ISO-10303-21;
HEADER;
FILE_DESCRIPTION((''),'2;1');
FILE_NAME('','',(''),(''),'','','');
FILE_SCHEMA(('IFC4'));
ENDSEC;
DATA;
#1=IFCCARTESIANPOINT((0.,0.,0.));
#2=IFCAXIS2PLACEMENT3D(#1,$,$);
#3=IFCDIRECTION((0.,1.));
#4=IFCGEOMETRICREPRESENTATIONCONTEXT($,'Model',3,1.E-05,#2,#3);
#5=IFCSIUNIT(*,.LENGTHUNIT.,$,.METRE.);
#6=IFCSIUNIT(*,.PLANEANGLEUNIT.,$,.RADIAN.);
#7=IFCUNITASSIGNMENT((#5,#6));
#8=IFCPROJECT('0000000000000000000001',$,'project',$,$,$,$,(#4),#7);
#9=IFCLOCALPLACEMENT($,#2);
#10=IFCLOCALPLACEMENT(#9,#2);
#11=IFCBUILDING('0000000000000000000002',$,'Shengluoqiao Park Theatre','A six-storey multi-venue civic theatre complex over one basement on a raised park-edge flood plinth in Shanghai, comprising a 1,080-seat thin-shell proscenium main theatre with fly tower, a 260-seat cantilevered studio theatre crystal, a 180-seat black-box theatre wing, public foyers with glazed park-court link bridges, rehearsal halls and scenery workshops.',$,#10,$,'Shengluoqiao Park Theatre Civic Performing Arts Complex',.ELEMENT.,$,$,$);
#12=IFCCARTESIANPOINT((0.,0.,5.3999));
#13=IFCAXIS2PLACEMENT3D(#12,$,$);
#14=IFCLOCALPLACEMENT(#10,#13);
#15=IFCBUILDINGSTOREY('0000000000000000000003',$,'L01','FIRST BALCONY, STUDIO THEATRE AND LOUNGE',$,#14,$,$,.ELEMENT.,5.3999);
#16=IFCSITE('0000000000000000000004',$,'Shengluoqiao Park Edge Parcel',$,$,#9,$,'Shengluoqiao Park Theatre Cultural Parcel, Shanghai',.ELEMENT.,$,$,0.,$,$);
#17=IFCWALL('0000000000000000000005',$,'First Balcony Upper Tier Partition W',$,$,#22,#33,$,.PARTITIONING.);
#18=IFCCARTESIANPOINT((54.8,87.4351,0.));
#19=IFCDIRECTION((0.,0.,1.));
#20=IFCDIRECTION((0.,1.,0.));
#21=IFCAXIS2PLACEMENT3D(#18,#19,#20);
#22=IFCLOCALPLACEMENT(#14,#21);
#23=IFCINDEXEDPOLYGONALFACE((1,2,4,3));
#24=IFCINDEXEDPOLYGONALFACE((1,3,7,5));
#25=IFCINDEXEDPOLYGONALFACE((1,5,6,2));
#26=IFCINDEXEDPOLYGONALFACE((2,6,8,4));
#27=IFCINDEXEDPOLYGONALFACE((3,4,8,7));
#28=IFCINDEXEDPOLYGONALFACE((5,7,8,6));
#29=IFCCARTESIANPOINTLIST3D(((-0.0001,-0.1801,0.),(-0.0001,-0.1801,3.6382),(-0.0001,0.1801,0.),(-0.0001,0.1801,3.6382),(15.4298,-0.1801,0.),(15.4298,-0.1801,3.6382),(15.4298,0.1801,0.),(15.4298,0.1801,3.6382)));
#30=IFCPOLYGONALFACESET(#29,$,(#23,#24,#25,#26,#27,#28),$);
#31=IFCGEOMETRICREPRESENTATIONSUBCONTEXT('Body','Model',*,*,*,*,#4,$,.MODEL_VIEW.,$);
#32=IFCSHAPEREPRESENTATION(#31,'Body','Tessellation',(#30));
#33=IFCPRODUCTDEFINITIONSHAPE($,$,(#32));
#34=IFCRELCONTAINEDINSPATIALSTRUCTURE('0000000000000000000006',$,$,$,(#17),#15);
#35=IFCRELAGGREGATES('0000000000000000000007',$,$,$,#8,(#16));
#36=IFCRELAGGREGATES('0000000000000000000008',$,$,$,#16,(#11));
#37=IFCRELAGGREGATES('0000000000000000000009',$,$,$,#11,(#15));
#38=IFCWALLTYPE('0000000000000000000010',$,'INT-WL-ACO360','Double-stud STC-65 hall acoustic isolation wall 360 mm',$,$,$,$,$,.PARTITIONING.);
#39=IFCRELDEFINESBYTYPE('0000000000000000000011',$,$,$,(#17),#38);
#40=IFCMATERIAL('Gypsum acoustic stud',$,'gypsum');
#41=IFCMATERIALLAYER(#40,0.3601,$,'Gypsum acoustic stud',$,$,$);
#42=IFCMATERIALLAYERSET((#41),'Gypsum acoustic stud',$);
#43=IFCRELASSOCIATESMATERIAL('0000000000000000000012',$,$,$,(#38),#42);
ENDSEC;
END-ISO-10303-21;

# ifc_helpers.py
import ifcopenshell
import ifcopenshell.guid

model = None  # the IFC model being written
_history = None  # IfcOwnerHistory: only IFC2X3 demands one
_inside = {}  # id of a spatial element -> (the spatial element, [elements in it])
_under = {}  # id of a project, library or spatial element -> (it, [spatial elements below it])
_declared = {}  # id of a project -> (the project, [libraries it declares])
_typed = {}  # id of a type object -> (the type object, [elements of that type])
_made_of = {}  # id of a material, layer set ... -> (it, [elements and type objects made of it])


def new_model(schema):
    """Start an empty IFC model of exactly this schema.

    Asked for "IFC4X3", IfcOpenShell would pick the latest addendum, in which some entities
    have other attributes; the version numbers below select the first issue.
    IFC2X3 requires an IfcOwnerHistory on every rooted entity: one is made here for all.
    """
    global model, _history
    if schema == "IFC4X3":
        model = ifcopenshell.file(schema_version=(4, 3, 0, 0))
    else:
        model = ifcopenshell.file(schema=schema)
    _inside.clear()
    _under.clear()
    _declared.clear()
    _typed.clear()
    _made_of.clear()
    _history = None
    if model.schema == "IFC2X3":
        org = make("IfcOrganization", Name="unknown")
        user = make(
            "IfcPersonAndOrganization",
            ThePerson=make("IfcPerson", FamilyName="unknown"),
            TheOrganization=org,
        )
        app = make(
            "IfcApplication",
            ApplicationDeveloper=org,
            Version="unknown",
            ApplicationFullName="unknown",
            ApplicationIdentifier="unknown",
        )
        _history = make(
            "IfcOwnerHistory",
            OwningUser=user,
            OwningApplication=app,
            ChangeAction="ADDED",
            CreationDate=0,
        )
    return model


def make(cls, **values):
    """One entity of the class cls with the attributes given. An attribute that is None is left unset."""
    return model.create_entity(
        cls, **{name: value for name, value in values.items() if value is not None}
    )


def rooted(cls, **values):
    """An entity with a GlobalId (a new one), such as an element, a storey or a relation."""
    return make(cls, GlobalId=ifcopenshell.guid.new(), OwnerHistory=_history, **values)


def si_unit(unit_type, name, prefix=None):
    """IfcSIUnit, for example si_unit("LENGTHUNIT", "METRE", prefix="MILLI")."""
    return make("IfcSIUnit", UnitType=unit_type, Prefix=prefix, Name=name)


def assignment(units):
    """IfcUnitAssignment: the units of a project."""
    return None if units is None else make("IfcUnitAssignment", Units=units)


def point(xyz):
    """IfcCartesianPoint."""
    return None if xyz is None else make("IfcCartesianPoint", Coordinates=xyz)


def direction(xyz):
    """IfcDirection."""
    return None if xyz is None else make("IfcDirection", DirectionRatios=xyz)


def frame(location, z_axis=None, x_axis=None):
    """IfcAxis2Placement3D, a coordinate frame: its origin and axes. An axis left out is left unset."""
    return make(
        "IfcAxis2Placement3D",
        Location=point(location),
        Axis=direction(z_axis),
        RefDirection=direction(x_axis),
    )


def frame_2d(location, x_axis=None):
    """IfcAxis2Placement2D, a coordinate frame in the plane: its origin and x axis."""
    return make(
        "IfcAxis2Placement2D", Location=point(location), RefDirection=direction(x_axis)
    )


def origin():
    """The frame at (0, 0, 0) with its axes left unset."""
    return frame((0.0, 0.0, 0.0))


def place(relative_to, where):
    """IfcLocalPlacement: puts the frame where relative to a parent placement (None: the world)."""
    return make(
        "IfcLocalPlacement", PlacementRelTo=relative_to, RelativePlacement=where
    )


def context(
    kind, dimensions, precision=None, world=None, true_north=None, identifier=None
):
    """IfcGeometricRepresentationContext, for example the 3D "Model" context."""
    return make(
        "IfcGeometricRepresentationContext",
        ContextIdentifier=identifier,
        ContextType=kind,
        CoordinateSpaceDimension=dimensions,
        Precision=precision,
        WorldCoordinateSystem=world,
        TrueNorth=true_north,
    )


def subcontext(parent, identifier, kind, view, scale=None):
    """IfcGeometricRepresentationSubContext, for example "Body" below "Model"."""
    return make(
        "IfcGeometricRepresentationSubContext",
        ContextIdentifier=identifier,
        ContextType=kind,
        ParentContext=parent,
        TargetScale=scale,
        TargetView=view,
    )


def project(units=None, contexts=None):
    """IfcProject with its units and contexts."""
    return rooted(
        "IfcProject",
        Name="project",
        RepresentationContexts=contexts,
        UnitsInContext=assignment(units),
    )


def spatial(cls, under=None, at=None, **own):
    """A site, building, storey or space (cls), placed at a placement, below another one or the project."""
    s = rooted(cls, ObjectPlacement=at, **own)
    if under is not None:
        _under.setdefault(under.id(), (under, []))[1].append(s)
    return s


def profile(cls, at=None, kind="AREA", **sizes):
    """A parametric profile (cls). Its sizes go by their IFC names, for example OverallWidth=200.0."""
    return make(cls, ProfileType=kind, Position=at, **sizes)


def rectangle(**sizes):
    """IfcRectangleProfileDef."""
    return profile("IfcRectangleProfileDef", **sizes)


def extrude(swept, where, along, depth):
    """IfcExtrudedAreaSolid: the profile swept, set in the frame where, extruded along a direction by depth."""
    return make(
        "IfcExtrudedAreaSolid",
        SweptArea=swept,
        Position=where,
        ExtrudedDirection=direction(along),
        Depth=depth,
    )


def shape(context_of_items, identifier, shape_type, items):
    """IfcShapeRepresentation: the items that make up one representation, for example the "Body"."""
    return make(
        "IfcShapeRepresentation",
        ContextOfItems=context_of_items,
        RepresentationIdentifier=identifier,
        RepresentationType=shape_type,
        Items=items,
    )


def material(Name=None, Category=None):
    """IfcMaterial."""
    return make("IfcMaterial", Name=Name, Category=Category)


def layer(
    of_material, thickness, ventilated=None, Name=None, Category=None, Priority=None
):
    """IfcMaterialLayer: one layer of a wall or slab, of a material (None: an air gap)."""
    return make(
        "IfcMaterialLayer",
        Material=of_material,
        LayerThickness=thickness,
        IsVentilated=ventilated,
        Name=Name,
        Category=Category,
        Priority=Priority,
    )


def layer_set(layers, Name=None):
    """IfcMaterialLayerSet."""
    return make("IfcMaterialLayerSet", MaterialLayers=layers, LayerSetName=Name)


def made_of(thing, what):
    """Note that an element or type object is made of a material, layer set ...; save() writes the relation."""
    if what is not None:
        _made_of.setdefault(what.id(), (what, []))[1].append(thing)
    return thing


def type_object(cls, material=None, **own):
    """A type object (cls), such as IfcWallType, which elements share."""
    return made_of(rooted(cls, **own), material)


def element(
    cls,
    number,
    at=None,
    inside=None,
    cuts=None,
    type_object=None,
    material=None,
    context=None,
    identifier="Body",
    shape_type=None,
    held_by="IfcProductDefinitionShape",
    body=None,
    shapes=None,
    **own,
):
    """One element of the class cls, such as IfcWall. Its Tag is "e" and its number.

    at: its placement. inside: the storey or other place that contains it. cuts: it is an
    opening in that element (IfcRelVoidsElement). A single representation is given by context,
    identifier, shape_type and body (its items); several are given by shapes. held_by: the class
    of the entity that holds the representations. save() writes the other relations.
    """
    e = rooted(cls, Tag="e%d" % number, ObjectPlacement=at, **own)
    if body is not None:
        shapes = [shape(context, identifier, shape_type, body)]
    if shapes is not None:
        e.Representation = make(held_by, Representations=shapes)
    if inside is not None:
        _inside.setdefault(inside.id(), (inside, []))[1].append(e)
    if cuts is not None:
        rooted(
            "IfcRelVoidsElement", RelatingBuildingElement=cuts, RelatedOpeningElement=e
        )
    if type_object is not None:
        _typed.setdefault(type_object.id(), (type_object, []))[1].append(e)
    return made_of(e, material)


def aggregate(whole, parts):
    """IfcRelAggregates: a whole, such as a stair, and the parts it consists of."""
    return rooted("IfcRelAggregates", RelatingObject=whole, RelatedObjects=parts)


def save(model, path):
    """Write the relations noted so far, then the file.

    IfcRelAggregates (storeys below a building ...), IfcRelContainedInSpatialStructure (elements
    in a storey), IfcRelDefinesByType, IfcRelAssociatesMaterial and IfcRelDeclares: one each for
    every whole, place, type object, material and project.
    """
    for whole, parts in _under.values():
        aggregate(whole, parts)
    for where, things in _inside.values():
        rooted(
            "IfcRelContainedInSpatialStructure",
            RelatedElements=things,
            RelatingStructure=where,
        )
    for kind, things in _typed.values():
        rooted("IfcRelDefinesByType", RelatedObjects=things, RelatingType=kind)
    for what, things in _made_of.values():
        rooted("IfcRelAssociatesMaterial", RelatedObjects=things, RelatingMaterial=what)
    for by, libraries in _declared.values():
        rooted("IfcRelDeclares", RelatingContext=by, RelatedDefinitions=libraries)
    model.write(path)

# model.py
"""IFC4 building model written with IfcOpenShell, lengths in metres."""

from ifc_helpers import new_model, si_unit, direction, frame, frame_2d, origin, place, context, subcontext, project, spatial, rectangle, extrude, material, layer, layer_set, type_object, element, save


model = new_model("IFC4")

# Units and contexts
model_context = context("Model", 3, precision=1e-05, world=origin(), true_north=direction((0.0, 1.0)))
body_context = subcontext(model_context, "Body", "Model", "MODEL_VIEW")
ifc_project = project(units=[si_unit("LENGTHUNIT", "METRE"), si_unit("PLANEANGLEUNIT", "RADIAN")], contexts=[model_context])

# Site, building, storey
site_placement = place(None, origin())
site = spatial("IfcSite", under=ifc_project, at=site_placement, Name="Shengluoqiao Park Edge Parcel", LongName="Shengluoqiao Park Theatre Cultural Parcel, Shanghai", CompositionType="ELEMENT", RefElevation=0.0)
building_placement = place(site_placement, origin())
building = spatial("IfcBuilding", under=site, at=building_placement, Name="Shengluoqiao Park Theatre", Description="A six-storey multi-venue civic theatre complex over one basement on a raised park-edge flood plinth in Shanghai, comprising a 1,080-seat thin-shell proscenium main theatre with fly tower, a 260-seat cantilevered studio theatre crystal, a 180-seat black-box theatre wing, public foyers with glazed park-court link bridges, rehearsal halls and scenery workshops.", LongName="Shengluoqiao Park Theatre Civic Performing Arts Complex", CompositionType="ELEMENT")
storey_placement = place(building_placement, frame((0.0, 0.0, 5.3999)))
storey = spatial("IfcBuildingStorey", under=building, at=storey_placement, Name="L01", Description="FIRST BALCONY, STUDIO THEATRE AND LOUNGE", CompositionType="ELEMENT", Elevation=5.3999)

# Shared definitions
ifc_material_1 = material(Name="Gypsum acoustic stud", Category="gypsum")
ifc_layer_1 = layer(ifc_material_1, 0.3601, Name="Gypsum acoustic stud")
ifc_layer_set_1 = layer_set([ifc_layer_1], Name="Gypsum acoustic stud")
wall_type_1 = type_object("IfcWallType", Name="INT-WL-ACO360", Description="Double-stud STC-65 hall acoustic isolation wall 360 mm", PredefinedType="PARTITIONING", material=ifc_layer_set_1)

# Wall
wall_1_placement = place(storey_placement, frame((54.8, 87.4351, 0.0), z_axis=(0.0, 0.0, 1.0), x_axis=(0.0, 1.0, 0.0)))
element("IfcWall", 1, at=wall_1_placement, inside=storey, type_object=wall_type_1, Name="First Balcony Upper Tier Partition W", PredefinedType="PARTITIONING", context=body_context, shape_type="SweptSolid", body=[
    extrude(rectangle(XDim=15.4299, YDim=0.3601, at=frame_2d((7.7148, 0.0))), origin(), (0.0, 0.0, 1.0), 3.6382),
])

save(model, "model.ifc")
